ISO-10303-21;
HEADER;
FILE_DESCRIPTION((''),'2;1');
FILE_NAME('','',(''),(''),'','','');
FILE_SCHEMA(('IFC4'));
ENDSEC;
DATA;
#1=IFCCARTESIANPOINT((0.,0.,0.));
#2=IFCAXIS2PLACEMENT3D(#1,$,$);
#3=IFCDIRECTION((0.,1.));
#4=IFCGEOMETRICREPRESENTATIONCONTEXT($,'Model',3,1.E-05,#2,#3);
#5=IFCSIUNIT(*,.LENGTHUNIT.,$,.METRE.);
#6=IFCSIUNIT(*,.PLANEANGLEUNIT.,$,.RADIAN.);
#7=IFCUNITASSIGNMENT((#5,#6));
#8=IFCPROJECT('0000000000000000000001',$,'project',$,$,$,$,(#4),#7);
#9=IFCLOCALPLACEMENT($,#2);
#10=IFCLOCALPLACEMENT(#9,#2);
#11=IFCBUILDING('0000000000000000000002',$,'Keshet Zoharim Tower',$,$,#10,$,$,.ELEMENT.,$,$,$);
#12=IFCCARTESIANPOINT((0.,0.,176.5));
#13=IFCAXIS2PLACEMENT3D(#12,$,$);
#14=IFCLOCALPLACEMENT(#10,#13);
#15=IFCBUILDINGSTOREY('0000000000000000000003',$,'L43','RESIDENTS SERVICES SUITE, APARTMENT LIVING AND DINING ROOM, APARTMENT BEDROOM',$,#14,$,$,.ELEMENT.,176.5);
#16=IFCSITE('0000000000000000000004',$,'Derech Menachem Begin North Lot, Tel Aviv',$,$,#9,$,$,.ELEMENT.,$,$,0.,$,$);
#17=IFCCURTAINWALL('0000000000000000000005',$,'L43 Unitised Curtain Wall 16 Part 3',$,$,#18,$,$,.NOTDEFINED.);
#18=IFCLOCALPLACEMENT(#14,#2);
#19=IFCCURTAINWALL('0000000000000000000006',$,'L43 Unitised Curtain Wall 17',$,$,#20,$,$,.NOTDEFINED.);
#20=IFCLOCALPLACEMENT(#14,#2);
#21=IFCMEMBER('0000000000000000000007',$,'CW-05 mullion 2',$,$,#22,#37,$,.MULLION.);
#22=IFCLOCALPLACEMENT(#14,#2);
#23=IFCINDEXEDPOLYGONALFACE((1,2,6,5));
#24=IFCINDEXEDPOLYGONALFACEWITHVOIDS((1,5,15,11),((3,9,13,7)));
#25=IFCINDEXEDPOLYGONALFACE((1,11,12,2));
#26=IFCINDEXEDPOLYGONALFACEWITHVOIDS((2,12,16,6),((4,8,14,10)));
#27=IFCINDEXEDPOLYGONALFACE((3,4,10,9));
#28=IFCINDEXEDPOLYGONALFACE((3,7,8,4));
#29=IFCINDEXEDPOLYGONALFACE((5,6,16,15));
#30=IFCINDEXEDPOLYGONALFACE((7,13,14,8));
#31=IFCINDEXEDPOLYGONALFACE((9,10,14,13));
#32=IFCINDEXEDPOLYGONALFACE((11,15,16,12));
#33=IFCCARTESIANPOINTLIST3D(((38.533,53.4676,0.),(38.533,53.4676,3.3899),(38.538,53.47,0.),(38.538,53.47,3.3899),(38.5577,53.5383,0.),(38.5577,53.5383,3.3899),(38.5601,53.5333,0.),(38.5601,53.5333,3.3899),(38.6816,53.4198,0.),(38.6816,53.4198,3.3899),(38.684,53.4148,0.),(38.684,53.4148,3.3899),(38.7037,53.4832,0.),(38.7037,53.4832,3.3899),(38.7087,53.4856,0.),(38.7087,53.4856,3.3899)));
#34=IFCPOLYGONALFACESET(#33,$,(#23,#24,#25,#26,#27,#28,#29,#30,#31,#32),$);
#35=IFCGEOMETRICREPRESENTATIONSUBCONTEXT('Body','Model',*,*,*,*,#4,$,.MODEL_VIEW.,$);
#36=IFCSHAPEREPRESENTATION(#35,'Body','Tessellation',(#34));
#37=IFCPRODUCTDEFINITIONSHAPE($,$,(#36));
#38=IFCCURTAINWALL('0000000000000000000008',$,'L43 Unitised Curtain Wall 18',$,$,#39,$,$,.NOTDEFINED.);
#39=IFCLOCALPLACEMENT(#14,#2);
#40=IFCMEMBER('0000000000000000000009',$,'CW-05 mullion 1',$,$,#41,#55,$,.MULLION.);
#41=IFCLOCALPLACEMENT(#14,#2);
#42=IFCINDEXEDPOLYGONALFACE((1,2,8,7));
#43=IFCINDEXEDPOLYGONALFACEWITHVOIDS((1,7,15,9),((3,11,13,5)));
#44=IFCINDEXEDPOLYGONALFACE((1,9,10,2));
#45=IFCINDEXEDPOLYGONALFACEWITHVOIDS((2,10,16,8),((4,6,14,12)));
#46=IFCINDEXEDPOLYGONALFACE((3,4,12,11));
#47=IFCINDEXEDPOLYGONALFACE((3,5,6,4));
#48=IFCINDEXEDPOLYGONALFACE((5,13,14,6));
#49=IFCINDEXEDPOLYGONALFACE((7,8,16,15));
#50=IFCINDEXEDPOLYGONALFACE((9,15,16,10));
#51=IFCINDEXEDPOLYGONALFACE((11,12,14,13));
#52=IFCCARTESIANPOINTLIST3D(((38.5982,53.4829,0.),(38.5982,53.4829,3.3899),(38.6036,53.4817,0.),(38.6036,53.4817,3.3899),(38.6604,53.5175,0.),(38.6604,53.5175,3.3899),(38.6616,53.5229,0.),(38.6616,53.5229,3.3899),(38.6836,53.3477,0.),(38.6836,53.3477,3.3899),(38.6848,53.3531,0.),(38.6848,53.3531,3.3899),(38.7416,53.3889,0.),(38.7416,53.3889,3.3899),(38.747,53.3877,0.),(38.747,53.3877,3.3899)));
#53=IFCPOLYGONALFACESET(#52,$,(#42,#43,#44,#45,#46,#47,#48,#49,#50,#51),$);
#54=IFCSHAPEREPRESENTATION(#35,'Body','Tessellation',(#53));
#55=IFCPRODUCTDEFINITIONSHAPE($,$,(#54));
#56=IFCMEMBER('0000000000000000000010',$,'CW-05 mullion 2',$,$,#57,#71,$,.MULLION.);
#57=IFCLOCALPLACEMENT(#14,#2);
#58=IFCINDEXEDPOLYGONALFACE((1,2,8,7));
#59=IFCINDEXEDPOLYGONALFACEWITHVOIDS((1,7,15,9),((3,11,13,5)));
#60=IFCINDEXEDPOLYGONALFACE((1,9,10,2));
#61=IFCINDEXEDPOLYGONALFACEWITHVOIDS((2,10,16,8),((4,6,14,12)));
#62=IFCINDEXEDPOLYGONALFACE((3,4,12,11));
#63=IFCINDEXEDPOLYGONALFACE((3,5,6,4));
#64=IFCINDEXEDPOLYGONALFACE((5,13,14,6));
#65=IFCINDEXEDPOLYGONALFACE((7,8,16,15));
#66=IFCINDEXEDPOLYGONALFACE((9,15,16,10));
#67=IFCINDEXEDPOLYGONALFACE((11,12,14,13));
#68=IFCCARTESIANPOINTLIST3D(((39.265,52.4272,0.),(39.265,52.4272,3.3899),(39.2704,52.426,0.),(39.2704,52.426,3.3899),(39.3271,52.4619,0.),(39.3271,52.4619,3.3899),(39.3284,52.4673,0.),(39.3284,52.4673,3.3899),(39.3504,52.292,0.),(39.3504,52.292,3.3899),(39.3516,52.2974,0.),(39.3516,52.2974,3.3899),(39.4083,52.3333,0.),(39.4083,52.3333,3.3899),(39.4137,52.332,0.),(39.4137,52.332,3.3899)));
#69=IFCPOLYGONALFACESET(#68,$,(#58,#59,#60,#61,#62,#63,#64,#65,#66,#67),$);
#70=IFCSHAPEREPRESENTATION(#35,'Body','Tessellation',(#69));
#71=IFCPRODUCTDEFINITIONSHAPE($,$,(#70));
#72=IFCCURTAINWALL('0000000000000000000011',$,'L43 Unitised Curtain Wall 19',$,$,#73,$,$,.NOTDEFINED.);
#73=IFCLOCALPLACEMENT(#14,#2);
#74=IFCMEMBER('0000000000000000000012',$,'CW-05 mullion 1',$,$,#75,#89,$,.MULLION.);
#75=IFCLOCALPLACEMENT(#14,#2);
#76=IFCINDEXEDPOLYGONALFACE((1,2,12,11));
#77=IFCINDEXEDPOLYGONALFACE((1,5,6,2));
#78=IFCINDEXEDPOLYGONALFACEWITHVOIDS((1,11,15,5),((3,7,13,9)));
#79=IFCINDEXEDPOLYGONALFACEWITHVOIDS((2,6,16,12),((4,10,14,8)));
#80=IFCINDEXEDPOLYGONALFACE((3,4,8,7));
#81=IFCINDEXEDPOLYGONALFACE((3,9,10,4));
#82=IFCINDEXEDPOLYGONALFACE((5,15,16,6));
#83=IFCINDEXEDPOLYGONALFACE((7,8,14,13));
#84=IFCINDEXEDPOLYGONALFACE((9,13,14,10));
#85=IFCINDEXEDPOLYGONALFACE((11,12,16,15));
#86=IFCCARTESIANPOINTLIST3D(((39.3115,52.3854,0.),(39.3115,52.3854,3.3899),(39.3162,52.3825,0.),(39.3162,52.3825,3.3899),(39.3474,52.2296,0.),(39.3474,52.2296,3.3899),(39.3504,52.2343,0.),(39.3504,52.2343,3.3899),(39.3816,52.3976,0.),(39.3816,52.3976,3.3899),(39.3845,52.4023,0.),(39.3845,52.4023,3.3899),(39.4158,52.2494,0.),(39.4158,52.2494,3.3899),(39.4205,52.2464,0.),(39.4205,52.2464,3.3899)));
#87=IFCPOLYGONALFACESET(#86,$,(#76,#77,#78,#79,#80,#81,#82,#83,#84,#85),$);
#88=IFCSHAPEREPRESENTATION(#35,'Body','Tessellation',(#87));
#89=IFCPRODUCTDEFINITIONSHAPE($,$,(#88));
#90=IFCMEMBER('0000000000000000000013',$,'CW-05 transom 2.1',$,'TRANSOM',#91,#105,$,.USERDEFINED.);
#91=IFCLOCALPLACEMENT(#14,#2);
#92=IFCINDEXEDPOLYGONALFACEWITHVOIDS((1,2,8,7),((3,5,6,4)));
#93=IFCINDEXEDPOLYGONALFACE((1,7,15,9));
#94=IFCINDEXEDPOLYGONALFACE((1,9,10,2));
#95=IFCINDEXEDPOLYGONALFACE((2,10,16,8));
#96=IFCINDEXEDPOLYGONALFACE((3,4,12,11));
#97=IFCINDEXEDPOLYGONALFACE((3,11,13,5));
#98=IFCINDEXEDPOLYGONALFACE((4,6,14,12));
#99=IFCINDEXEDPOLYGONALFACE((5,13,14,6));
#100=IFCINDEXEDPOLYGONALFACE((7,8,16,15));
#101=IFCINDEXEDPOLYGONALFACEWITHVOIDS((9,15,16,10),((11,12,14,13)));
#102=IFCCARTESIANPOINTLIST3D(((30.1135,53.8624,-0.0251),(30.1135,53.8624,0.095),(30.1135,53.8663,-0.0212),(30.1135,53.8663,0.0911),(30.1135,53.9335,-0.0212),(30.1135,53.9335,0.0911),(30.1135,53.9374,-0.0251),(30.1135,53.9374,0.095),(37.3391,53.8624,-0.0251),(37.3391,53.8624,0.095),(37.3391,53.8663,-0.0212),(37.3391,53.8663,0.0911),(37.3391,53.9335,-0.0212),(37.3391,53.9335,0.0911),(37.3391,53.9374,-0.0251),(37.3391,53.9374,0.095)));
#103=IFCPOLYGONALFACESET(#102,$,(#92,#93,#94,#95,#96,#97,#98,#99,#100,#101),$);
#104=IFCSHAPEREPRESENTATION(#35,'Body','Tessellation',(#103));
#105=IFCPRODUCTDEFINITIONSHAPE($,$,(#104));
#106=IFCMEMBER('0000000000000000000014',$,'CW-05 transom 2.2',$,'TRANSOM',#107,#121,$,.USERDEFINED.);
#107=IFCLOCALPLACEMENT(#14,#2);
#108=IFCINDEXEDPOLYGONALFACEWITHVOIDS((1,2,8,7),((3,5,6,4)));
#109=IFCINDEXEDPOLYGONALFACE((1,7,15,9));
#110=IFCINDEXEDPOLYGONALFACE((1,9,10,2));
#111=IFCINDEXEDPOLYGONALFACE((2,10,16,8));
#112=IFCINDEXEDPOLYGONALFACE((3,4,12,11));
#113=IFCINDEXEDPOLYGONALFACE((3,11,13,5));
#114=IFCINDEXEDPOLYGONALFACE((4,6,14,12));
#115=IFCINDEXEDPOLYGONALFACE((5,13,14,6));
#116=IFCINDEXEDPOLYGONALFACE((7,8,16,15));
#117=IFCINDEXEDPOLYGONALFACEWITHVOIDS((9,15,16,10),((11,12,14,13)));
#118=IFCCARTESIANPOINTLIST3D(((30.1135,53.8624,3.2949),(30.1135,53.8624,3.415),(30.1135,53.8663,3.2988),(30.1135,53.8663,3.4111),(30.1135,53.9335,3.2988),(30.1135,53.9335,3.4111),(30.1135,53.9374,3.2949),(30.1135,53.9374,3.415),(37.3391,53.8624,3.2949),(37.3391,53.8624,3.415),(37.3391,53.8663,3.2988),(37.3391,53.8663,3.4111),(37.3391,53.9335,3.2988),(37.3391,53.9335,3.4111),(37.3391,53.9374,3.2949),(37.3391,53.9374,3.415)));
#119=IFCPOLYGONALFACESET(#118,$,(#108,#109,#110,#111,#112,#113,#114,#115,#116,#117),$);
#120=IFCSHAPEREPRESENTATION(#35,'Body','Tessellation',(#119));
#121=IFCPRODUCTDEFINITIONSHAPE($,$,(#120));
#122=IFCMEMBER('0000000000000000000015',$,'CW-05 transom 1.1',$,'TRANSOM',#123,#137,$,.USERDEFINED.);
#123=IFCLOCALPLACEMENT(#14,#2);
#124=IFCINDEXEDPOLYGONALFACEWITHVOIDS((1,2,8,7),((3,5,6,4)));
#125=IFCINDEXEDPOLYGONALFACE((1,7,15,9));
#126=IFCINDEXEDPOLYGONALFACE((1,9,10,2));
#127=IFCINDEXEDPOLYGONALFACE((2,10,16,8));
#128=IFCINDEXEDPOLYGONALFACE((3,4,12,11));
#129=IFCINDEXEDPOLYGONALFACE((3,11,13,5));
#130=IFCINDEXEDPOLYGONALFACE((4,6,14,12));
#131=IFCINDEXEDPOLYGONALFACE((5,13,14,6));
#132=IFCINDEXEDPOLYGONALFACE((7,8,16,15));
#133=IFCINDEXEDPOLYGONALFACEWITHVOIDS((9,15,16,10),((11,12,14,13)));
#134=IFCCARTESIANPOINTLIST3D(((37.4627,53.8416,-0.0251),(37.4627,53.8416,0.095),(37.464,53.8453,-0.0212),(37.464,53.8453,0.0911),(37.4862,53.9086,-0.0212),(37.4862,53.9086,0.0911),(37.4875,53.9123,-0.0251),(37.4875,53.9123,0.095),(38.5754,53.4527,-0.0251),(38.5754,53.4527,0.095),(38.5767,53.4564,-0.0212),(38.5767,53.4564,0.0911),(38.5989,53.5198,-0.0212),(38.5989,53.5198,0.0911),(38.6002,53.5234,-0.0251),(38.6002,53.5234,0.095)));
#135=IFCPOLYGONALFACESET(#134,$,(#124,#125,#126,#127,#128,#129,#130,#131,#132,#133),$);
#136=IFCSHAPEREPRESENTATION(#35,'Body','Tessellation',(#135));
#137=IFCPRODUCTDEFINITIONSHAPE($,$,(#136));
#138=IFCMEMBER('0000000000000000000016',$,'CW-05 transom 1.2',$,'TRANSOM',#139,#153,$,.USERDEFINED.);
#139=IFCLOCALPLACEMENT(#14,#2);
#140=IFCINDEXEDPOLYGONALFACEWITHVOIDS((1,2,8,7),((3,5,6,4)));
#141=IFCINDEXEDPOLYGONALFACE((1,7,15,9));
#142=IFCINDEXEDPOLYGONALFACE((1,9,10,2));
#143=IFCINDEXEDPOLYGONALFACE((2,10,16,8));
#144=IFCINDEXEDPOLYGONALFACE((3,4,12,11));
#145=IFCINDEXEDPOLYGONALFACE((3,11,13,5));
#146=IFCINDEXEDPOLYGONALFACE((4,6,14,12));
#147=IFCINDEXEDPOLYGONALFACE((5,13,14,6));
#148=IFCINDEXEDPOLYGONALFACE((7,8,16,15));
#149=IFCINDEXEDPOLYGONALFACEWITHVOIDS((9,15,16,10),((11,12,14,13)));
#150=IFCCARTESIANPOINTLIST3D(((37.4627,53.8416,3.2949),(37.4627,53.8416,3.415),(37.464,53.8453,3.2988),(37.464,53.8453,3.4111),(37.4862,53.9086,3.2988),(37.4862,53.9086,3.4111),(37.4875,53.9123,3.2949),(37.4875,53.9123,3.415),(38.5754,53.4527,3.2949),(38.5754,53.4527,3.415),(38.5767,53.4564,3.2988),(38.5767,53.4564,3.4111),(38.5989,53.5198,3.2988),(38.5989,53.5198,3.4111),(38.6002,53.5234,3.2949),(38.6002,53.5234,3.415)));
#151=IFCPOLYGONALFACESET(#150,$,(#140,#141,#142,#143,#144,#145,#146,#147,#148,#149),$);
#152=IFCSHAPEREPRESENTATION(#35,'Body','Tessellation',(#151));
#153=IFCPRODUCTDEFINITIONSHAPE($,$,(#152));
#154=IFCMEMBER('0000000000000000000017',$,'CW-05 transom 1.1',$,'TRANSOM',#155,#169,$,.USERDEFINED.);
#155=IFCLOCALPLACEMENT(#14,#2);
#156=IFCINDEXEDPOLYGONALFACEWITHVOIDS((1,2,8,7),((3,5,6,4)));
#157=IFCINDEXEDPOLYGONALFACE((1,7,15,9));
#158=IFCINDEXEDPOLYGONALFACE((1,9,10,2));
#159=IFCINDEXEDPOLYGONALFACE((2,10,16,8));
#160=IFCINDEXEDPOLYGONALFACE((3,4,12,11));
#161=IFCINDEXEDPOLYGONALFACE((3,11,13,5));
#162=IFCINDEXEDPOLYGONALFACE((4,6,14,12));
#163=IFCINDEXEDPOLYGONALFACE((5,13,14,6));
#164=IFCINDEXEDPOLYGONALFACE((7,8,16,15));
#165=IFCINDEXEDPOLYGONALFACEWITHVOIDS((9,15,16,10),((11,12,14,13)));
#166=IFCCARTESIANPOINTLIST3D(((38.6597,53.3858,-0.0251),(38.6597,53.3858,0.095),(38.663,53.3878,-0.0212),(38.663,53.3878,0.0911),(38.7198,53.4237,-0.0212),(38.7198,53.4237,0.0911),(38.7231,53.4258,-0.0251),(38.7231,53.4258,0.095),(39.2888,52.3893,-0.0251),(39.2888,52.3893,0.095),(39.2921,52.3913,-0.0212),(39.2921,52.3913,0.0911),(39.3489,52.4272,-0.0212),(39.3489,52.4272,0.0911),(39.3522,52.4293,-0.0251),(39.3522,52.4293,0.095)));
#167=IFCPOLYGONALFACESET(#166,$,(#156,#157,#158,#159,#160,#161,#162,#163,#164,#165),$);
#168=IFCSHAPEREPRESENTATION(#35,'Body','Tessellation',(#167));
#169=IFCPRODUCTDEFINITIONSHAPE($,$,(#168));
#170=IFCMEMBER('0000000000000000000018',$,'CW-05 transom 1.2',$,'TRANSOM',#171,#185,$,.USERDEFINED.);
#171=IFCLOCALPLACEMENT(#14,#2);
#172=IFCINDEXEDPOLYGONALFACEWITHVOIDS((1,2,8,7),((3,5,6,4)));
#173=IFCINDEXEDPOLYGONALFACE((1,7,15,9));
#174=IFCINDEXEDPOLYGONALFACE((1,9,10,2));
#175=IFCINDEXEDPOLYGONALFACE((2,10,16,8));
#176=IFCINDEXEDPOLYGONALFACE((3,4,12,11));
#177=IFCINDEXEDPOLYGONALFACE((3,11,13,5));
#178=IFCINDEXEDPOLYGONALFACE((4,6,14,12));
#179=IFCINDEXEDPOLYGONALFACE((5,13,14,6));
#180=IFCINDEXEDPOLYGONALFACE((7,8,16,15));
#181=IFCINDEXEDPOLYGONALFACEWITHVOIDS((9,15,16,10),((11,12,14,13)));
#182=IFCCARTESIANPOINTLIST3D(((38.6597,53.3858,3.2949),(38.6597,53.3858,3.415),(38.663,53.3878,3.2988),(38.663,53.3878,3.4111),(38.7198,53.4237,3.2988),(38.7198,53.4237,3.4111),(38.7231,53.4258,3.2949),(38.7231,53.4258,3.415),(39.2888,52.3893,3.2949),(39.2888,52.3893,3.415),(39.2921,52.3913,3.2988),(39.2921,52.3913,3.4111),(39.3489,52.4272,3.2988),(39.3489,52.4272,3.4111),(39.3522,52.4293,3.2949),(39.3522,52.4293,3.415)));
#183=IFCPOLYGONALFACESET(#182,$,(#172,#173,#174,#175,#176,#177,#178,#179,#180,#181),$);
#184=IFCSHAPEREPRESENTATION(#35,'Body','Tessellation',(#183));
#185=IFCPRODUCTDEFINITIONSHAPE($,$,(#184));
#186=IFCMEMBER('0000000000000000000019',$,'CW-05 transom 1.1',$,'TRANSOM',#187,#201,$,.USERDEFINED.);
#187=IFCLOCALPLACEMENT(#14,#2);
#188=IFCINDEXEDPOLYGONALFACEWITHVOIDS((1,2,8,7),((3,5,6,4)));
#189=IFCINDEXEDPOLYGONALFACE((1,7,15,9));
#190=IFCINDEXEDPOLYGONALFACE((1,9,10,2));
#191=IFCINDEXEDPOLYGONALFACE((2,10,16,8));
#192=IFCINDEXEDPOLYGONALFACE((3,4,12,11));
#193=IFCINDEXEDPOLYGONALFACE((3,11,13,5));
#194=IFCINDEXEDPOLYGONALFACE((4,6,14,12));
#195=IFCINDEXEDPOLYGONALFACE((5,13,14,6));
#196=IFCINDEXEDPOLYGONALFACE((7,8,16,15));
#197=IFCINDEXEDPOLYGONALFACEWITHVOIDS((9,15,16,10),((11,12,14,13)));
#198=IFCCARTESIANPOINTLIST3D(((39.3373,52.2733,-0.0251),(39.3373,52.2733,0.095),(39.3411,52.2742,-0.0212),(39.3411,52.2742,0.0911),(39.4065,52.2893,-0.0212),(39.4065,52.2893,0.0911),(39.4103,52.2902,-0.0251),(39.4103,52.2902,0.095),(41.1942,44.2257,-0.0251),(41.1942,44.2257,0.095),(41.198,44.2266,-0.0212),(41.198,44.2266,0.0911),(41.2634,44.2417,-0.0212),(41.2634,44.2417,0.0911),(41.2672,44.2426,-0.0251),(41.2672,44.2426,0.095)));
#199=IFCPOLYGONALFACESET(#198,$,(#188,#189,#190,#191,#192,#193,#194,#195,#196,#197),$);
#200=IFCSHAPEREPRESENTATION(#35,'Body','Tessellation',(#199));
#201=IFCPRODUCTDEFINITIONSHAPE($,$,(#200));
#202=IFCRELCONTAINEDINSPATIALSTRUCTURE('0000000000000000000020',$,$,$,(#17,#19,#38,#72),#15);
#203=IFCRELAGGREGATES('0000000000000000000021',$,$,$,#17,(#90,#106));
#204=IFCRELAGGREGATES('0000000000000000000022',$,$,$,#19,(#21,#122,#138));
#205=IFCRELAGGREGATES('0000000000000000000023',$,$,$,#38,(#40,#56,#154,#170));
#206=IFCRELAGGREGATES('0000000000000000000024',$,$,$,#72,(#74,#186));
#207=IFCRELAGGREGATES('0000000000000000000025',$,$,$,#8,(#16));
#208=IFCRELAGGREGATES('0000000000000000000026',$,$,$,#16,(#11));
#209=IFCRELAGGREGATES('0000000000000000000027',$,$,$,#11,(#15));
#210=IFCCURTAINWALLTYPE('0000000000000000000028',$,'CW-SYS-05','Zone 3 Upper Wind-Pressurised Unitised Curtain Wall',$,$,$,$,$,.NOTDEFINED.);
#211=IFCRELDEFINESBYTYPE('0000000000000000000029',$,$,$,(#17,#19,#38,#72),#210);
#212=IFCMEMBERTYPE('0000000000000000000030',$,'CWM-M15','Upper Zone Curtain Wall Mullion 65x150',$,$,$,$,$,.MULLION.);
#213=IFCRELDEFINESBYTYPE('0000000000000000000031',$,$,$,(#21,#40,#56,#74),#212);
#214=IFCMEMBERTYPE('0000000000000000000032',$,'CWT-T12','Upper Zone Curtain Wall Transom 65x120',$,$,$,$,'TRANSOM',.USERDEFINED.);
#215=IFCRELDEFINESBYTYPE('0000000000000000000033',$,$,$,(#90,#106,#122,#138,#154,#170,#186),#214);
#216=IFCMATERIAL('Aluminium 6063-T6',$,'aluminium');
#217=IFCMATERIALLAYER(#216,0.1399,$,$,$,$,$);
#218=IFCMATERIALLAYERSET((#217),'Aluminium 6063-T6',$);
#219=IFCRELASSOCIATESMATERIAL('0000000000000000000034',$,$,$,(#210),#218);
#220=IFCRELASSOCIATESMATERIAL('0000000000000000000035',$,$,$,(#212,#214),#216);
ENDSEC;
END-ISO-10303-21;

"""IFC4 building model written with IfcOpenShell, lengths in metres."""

from ifc_helpers import new_model, si_unit, direction, frame, origin, origin_2d, place, context, subcontext, project, spatial, hollow_rectangle, extrude, material, layer, layer_set, material_profile, profile_set, type_object, element, aggregate, save


model = new_model("IFC4")

# Units and contexts
model_context = context("Model", 3, precision=1e-05, world=origin(), true_north=direction((0.0, 1.0)))
body_context = subcontext(model_context, "Body", "Model", "MODEL_VIEW")
ifc_project = project(units=[si_unit("LENGTHUNIT", "METRE"), si_unit("PLANEANGLEUNIT", "RADIAN")], contexts=[model_context])

# Site, building, storey
site_placement = place(None, origin())
site = spatial("IfcSite", under=ifc_project, at=site_placement, Name="Derech Menachem Begin North Lot, Tel Aviv", CompositionType="ELEMENT", RefElevation=0.0)
building_placement = place(site_placement, origin())
building = spatial("IfcBuilding", under=site, at=building_placement, Name="Keshet Zoharim Tower", CompositionType="ELEMENT")
storey_placement = place(building_placement, frame((0.0, 0.0, 176.5)))
storey = spatial("IfcBuildingStorey", under=building, at=storey_placement, Name="L43", Description="RESIDENTS SERVICES SUITE, APARTMENT LIVING AND DINING ROOM, APARTMENT BEDROOM", CompositionType="ELEMENT", Elevation=176.5)

# Curtain walls, members
ifc_material_1 = material(Name="Aluminium 6063-T6", Category="aluminium")
ifc_layer_1 = layer(ifc_material_1, 0.1399)
ifc_layer_set_1 = layer_set([ifc_layer_1], Name="Aluminium 6063-T6")
curtain_wall_type = type_object("IfcCurtainWallType", Name="CW-SYS-05", Description="Zone 3 Upper Wind-Pressurised Unitised Curtain Wall", PredefinedType="NOTDEFINED", material=ifc_layer_set_1)
curtain_wall_1_placement = place(storey_placement, origin())
curtain_wall_1 = element("IfcCurtainWall", 1, at=curtain_wall_1_placement, inside=storey, type_object=curtain_wall_type, Name="L43 Unitised Curtain Wall 16 Part 3", PredefinedType="NOTDEFINED")
ifc_material_profile_1 = material_profile(ifc_material_1, hollow_rectangle(XDim=0.075, YDim=0.1599, WallThickness=0.0039, at=origin_2d()), Name="MUL-75x160")
ifc_profile_set_1 = profile_set([ifc_material_profile_1], Name="Aluminium 6063-T6")
member_type_1 = type_object("IfcMemberType", Name="CWM-M15", Description="Upper Zone Curtain Wall Mullion 65x150", PredefinedType="MULLION", material=ifc_profile_set_1)
curtain_wall_2_placement = place(storey_placement, origin())
curtain_wall_2 = element("IfcCurtainWall", 2, at=curtain_wall_2_placement, inside=storey, type_object=curtain_wall_type, Name="L43 Unitised Curtain Wall 17", PredefinedType="NOTDEFINED")
member_1_placement = place(storey_placement, frame((38.6208, 53.4766, 0.0), z_axis=(0.0, 0.0, 1.0), x_axis=(0.329844, 0.944036, 0.0)))
member_1 = element("IfcMember", 3, at=member_1_placement, type_object=member_type_1, Name="CW-05 mullion 2", PredefinedType="MULLION", context=body_context, shape_type="SweptSolid", body=[
    extrude(hollow_rectangle(XDim=0.075, YDim=0.1599, WallThickness=0.0039, at=origin_2d()), origin(), (0.0, 0.0, 1.0), 3.3899),
])
curtain_wall_3_placement = place(storey_placement, origin())
curtain_wall_3 = element("IfcCurtainWall", 4, at=curtain_wall_3_placement, inside=storey, type_object=curtain_wall_type, Name="L43 Unitised Curtain Wall 18", PredefinedType="NOTDEFINED")
member_2_placement = place(storey_placement, frame((38.6726, 53.4353, 0.0), z_axis=(0.0, 0.0, 1.0), x_axis=(0.845561, 0.533879, 0.0)))
member_2 = element("IfcMember", 5, at=member_2_placement, type_object=member_type_1, Name="CW-05 mullion 1", PredefinedType="MULLION", context=body_context, shape_type="SweptSolid", body=[
    extrude(hollow_rectangle(XDim=0.075, YDim=0.1599, WallThickness=0.0039, at=origin_2d()), origin(), (0.0, 0.0, 1.0), 3.3899),
])
member_3_placement = place(storey_placement, frame((39.3394, 52.3796, 0.0), z_axis=(0.0, 0.0, 1.0), x_axis=(0.845561, 0.533879, 0.0)))
member_3 = element("IfcMember", 6, at=member_3_placement, type_object=member_type_1, Name="CW-05 mullion 2", PredefinedType="MULLION", context=body_context, shape_type="SweptSolid", body=[
    extrude(hollow_rectangle(XDim=0.075, YDim=0.1599, WallThickness=0.0039, at=origin_2d()), origin(), (0.0, 0.0, 1.0), 3.3899),
])

# Curtain wall, member
curtain_wall_4_placement = place(storey_placement, origin())
curtain_wall_4 = element("IfcCurtainWall", 7, at=curtain_wall_4_placement, inside=storey, type_object=curtain_wall_type, Name="L43 Unitised Curtain Wall 19", PredefinedType="NOTDEFINED")
member_4_placement = place(storey_placement, frame((39.366, 52.3159, 0.0), z_axis=(0.0, 0.0, 1.0), x_axis=(0.974394, 0.224848, 0.0)))
member_4 = element("IfcMember", 8, at=member_4_placement, type_object=member_type_1, Name="CW-05 mullion 1", PredefinedType="MULLION", context=body_context, shape_type="SweptSolid", body=[
    extrude(hollow_rectangle(XDim=0.075, YDim=0.1599, WallThickness=0.0039, at=origin_2d()), origin(), (0.0, 0.0, 1.0), 3.3899),
])

# Members
ifc_material_profile_2 = material_profile(ifc_material_1, hollow_rectangle(XDim=0.075, YDim=0.1201, WallThickness=0.0039, at=origin_2d()), Name="TRN-75x120")
ifc_profile_set_2 = profile_set([ifc_material_profile_2], Name="Aluminium 6063-T6")
member_type_2 = type_object("IfcMemberType", Name="CWT-T12", Description="Upper Zone Curtain Wall Transom 65x120", ElementType="TRANSOM", PredefinedType="USERDEFINED", material=ifc_profile_set_2)
member_5_placement = place(storey_placement, frame((30.1135, 53.8999, 0.0349), z_axis=(1.0, 0.0, 0.0), x_axis=(0.0, 1.0, 0.0)))
member_5 = element("IfcMember", 9, at=member_5_placement, type_object=member_type_2, Name="CW-05 transom 2.1", ObjectType="TRANSOM", PredefinedType="USERDEFINED", context=body_context, shape_type="SweptSolid", body=[
    extrude(hollow_rectangle(XDim=0.075, YDim=0.1201, WallThickness=0.0039, at=origin_2d()), origin(), (0.0, 0.0, 1.0), 7.2256),
])
member_6_placement = place(storey_placement, frame((30.1135, 53.8999, 3.355), z_axis=(1.0, 0.0, 0.0), x_axis=(0.0, 1.0, 0.0)))
member_6 = element("IfcMember", 10, at=member_6_placement, type_object=member_type_2, Name="CW-05 transom 2.2", ObjectType="TRANSOM", PredefinedType="USERDEFINED", context=body_context, shape_type="SweptSolid", body=[
    extrude(hollow_rectangle(XDim=0.075, YDim=0.1201, WallThickness=0.0039, at=origin_2d()), origin(), (0.0, 0.0, 1.0), 7.2256),
])
member_7_placement = place(storey_placement, frame((37.4751, 53.877, 0.0349), z_axis=(0.944007, -0.329926, 0.0), x_axis=(0.329926, 0.944007, 0.0)))
member_7 = element("IfcMember", 11, at=member_7_placement, type_object=member_type_2, Name="CW-05 transom 1.1", ObjectType="TRANSOM", PredefinedType="USERDEFINED", context=body_context, shape_type="SweptSolid", body=[
    extrude(hollow_rectangle(XDim=0.075, YDim=0.1201, WallThickness=0.0039, at=origin_2d()), origin(), (0.0, 0.0, 1.0), 1.1787),
])
member_8_placement = place(storey_placement, frame((37.4751, 53.877, 3.355), z_axis=(0.944007, -0.329926, 0.0), x_axis=(0.329926, 0.944007, 0.0)))
member_8 = element("IfcMember", 12, at=member_8_placement, type_object=member_type_2, Name="CW-05 transom 1.2", ObjectType="TRANSOM", PredefinedType="USERDEFINED", context=body_context, shape_type="SweptSolid", body=[
    extrude(hollow_rectangle(XDim=0.075, YDim=0.1201, WallThickness=0.0039, at=origin_2d()), origin(), (0.0, 0.0, 1.0), 1.1787),
])
member_9_placement = place(storey_placement, frame((38.6914, 53.4058, 0.0349), z_axis=(0.533829, -0.845592, 0.0), x_axis=(0.845592, 0.533829, 0.0)))
member_9 = element("IfcMember", 13, at=member_9_placement, type_object=member_type_2, Name="CW-05 transom 1.1", ObjectType="TRANSOM", PredefinedType="USERDEFINED", context=body_context, shape_type="SweptSolid", body=[
    extrude(hollow_rectangle(XDim=0.075, YDim=0.1201, WallThickness=0.0039, at=origin_2d()), origin(), (0.0, 0.0, 1.0), 1.1785),
])
member_10_placement = place(storey_placement, frame((38.6914, 53.4058, 3.355), z_axis=(0.533829, -0.845592, 0.0), x_axis=(0.845592, 0.533829, 0.0)))
member_10 = element("IfcMember", 14, at=member_10_placement, type_object=member_type_2, Name="CW-05 transom 1.2", ObjectType="TRANSOM", PredefinedType="USERDEFINED", context=body_context, shape_type="SweptSolid", body=[
    extrude(hollow_rectangle(XDim=0.075, YDim=0.1201, WallThickness=0.0039, at=origin_2d()), origin(), (0.0, 0.0, 1.0), 1.1785),
])
member_11_placement = place(storey_placement, frame((39.3738, 52.2817, 0.0349), z_axis=(0.224836, -0.974397, 0.0), x_axis=(0.974397, 0.224836, 0.0)))
member_11 = element("IfcMember", 15, at=member_11_placement, type_object=member_type_2, Name="CW-05 transom 1.1", ObjectType="TRANSOM", PredefinedType="USERDEFINED", context=body_context, shape_type="SweptSolid", body=[
    extrude(hollow_rectangle(XDim=0.075, YDim=0.1201, WallThickness=0.0039, at=origin_2d()), origin(), (0.0, 0.0, 1.0), 8.259),
])

aggregate(curtain_wall_1, [member_5, member_6])
aggregate(curtain_wall_2, [member_1, member_7, member_8])
aggregate(curtain_wall_3, [member_2, member_3, member_9, member_10])
aggregate(curtain_wall_4, [member_4, member_11])

save(model, "model.ifc")
